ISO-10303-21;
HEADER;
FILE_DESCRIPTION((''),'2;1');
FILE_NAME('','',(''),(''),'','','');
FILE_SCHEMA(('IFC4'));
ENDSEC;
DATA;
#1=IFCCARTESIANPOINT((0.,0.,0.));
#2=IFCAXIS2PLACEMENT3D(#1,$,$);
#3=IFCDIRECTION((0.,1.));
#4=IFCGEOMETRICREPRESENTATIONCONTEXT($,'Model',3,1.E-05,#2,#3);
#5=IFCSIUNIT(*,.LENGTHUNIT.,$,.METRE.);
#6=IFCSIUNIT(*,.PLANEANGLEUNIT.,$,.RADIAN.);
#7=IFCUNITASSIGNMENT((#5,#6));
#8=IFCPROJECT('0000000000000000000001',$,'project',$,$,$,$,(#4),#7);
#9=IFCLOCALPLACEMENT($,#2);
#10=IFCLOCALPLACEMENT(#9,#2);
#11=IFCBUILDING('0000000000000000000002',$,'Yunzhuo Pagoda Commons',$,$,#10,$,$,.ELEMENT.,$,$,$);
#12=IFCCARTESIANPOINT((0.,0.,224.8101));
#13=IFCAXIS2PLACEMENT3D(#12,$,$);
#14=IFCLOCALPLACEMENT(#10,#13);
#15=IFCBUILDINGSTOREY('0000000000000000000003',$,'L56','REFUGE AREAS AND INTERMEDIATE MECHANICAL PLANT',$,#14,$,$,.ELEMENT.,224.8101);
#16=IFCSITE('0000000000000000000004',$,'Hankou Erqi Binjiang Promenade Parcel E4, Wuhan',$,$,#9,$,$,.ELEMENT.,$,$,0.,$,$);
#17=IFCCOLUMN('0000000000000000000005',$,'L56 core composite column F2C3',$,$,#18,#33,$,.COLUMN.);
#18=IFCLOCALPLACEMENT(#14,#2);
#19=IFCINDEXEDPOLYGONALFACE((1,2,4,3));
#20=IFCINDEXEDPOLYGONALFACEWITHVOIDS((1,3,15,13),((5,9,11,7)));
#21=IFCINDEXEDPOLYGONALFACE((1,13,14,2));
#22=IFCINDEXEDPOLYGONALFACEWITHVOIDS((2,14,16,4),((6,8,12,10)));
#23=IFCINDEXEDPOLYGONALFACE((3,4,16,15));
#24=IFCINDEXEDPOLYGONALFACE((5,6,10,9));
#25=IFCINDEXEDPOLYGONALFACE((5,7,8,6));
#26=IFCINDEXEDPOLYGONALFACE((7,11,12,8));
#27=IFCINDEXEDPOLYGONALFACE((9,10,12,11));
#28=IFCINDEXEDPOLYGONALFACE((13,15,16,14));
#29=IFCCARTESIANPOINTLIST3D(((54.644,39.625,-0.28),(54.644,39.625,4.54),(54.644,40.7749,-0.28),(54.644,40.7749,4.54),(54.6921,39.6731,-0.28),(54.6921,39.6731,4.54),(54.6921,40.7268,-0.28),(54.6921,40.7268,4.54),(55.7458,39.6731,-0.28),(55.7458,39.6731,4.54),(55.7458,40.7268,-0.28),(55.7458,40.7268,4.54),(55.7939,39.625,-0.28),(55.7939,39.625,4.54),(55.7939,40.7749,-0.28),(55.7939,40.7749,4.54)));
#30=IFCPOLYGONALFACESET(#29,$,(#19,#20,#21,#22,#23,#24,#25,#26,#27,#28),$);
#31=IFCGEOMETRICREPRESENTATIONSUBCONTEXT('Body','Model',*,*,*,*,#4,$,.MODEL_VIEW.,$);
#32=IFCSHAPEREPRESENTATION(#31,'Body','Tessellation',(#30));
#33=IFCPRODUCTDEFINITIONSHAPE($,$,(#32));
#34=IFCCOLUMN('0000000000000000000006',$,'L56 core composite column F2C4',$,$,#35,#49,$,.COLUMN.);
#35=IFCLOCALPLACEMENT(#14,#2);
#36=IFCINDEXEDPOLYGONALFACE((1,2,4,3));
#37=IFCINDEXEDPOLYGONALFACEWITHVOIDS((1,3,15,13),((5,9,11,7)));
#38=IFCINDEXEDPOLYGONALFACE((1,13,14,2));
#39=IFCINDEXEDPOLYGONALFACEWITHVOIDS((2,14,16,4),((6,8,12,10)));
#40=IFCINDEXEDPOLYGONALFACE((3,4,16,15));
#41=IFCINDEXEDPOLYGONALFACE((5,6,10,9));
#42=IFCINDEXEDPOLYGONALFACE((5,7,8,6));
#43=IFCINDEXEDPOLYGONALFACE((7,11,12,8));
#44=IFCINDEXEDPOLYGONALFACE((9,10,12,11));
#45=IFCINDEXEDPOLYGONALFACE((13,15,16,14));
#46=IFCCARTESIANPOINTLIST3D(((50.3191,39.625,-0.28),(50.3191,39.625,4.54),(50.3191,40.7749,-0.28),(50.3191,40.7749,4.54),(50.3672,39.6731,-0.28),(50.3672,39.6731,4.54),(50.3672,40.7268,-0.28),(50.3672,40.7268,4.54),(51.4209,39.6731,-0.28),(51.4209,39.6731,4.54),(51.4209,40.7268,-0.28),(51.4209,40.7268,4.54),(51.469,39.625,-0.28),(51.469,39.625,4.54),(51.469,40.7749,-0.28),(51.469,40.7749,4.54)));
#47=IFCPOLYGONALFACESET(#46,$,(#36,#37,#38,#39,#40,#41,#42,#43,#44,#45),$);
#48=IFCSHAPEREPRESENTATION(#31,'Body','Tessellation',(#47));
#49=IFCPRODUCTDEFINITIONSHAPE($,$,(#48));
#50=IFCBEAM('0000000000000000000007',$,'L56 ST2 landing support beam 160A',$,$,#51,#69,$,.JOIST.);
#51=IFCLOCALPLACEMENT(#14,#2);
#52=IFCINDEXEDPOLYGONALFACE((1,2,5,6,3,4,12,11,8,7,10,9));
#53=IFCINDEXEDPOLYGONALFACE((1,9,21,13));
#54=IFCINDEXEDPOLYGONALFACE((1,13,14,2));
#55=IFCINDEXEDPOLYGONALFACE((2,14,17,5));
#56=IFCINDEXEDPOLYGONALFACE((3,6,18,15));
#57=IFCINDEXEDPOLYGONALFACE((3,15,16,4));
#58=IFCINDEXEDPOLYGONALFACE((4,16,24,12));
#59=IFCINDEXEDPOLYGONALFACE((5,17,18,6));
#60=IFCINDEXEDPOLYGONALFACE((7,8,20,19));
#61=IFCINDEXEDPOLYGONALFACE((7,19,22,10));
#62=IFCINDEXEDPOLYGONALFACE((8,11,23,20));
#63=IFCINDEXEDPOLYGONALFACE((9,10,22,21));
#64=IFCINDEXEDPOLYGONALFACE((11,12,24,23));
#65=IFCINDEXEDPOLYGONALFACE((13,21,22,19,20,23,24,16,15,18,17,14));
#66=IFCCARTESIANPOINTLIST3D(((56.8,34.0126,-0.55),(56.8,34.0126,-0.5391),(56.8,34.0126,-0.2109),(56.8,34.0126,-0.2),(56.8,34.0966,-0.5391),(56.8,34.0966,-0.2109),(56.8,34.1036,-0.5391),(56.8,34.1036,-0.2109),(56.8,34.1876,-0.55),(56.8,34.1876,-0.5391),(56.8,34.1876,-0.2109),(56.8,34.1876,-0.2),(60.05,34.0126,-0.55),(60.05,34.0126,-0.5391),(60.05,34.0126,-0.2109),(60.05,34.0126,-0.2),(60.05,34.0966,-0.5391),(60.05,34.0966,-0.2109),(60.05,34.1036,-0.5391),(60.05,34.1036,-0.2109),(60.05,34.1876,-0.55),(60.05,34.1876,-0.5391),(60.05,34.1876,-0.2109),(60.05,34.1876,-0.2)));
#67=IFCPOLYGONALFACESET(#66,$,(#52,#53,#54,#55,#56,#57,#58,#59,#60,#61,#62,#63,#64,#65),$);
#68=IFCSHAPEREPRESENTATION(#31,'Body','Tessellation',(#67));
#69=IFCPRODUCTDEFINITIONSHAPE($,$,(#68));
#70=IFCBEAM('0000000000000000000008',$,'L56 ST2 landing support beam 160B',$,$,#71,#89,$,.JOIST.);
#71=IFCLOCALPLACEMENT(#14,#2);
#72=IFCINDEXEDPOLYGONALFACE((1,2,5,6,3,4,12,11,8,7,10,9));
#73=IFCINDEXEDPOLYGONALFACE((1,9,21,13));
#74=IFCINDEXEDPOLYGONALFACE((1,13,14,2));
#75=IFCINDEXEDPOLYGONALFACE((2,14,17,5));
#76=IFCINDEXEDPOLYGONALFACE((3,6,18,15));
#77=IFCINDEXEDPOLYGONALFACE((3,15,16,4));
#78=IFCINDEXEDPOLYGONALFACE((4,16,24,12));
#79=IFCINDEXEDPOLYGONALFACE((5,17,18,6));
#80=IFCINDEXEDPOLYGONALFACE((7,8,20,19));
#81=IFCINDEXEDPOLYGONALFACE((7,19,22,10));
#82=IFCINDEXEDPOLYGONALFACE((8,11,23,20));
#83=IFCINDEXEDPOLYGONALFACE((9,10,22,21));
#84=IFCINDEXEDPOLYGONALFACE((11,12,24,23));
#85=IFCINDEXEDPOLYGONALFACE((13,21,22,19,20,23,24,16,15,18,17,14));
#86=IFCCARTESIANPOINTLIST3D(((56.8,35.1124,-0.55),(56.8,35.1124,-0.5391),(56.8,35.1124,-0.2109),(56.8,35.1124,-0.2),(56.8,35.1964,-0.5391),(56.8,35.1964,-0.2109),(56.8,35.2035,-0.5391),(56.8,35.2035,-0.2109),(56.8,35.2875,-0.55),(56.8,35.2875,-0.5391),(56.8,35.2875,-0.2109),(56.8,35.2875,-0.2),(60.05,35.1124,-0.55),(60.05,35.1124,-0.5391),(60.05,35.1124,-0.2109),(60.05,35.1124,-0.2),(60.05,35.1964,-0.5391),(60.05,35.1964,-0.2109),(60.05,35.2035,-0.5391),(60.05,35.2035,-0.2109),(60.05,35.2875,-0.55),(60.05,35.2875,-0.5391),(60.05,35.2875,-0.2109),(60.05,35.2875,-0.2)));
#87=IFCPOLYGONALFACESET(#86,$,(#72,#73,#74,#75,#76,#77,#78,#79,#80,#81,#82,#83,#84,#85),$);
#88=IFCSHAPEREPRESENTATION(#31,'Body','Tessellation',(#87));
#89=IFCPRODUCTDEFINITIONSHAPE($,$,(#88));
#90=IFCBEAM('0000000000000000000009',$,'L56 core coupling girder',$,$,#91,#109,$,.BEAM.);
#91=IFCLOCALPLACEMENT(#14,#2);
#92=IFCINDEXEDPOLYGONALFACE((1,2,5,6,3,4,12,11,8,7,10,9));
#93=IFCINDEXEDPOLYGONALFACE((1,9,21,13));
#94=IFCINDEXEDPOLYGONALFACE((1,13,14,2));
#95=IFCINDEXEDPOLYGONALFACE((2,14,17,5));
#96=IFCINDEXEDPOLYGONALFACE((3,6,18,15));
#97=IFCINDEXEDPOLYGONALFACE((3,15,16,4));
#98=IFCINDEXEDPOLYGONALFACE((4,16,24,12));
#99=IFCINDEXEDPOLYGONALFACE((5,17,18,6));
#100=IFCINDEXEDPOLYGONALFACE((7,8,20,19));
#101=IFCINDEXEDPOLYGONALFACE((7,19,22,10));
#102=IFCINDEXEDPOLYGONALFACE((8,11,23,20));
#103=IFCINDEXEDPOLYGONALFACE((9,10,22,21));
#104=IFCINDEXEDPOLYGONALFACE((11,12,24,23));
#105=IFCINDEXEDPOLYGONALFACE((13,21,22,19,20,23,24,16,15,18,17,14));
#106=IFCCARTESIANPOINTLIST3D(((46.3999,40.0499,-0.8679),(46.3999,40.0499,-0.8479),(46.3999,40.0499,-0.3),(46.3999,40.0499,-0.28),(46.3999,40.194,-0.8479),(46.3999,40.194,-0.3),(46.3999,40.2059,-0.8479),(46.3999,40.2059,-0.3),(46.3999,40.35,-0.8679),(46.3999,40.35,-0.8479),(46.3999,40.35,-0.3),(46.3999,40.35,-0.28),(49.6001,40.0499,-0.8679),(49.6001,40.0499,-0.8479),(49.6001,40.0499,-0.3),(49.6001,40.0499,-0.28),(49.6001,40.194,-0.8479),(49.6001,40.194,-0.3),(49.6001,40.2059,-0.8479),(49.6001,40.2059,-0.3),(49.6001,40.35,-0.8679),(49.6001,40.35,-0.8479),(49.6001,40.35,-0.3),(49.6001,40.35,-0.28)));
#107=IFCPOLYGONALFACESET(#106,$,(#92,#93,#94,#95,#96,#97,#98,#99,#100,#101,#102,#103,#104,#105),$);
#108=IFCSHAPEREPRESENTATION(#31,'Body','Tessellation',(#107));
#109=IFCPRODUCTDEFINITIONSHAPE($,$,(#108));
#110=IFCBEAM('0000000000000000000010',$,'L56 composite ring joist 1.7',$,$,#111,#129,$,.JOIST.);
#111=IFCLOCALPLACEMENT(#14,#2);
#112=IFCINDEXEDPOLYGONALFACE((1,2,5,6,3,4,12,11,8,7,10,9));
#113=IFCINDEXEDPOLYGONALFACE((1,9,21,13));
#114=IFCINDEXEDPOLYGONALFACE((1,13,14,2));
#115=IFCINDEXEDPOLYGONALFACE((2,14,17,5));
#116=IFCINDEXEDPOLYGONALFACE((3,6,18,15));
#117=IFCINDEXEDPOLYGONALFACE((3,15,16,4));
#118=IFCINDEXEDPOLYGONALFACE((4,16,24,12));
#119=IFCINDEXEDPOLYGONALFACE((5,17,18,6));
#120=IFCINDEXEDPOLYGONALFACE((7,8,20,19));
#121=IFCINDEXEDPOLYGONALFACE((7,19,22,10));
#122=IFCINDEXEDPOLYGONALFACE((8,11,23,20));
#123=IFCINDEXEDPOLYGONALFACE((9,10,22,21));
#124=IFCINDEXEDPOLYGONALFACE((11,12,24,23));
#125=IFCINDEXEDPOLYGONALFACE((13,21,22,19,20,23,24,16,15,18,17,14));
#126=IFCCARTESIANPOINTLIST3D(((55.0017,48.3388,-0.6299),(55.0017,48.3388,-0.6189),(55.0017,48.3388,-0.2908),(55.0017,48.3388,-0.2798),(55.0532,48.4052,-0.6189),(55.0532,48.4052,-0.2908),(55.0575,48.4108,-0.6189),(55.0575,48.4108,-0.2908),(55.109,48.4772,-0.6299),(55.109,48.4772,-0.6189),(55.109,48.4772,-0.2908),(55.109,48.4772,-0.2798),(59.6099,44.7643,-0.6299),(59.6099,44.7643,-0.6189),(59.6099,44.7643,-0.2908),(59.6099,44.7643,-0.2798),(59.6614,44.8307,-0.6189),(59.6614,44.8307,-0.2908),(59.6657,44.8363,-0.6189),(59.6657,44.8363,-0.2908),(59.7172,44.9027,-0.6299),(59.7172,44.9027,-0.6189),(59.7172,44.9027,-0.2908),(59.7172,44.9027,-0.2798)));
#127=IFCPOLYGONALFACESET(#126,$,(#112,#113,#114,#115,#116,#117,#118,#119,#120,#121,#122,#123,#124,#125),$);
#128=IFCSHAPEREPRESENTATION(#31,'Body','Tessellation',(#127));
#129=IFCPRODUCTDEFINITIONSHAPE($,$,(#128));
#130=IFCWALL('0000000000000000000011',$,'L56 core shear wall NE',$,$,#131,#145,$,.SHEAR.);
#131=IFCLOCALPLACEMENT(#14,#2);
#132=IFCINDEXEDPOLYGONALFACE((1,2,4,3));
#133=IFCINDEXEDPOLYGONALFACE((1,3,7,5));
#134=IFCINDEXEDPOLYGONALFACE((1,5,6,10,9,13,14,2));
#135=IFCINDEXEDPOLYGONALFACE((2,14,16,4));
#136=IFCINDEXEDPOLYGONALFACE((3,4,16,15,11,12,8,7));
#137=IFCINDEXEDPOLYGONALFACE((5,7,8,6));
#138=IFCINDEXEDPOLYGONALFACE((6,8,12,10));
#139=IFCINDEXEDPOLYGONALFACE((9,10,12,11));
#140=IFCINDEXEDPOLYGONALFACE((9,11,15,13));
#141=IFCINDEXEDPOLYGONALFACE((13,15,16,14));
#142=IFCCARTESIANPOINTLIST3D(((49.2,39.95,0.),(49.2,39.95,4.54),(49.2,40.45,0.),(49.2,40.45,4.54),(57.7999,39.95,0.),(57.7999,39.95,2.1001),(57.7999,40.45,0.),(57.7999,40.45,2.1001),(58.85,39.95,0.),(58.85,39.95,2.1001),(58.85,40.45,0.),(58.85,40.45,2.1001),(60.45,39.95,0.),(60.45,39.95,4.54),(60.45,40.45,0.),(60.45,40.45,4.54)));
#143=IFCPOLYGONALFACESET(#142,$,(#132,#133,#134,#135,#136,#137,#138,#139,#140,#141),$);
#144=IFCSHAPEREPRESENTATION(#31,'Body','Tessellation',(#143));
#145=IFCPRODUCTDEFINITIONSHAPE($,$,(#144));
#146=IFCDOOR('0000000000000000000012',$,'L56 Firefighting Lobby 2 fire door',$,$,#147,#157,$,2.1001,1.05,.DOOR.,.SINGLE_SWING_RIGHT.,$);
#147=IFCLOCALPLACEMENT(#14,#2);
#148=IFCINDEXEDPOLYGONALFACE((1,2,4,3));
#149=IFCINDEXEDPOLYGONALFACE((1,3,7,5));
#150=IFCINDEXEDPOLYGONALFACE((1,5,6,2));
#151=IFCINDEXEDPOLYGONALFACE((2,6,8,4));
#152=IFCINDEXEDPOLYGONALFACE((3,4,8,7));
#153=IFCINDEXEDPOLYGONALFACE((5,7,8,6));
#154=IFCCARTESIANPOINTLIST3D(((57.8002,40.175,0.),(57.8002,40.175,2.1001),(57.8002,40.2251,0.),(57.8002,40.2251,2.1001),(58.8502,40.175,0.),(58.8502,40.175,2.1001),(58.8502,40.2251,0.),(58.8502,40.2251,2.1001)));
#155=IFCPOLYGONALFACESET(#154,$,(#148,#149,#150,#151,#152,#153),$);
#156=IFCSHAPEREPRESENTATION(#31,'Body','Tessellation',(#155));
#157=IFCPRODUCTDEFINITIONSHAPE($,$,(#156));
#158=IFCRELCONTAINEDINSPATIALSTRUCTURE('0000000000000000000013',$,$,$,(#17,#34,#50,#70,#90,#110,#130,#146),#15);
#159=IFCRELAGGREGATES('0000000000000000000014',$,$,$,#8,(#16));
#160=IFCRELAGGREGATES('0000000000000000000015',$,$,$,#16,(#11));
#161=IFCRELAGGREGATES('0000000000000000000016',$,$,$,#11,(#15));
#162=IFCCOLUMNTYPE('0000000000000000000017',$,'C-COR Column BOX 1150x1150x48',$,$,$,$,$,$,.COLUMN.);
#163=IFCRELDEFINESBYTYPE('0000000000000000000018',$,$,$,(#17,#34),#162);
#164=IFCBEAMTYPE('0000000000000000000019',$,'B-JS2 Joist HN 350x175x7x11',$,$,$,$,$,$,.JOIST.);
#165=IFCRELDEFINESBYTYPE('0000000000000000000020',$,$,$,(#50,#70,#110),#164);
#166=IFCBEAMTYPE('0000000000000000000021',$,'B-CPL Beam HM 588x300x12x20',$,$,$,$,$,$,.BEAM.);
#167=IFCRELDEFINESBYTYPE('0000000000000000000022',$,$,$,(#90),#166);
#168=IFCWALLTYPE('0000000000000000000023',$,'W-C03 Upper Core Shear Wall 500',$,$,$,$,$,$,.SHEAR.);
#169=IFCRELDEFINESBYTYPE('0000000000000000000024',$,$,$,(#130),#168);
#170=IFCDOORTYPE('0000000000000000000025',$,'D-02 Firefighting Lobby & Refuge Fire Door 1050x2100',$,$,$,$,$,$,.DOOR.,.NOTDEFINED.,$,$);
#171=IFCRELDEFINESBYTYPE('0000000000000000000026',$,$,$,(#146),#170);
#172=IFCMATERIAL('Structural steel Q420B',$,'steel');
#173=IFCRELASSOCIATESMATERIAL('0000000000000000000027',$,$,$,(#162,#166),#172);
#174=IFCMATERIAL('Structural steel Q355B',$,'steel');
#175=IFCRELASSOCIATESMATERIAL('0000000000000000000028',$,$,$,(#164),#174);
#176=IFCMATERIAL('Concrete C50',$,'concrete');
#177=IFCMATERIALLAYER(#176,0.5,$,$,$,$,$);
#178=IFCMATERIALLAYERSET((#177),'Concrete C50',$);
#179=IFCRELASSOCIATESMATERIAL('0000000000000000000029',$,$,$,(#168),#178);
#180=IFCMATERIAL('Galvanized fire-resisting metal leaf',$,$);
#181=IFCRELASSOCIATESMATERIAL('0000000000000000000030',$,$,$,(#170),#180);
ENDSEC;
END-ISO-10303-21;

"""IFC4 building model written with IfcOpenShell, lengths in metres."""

from ifc_helpers import new_model, si_unit, direction, frame, frame_2d, origin, origin_2d, place, context, subcontext, project, spatial, rectangle, hollow_rectangle, i_section, extrude, source, transform, mapped, material, layer, layer_set, material_profile, profile_set, type_object, element, fill, save


model = new_model("IFC4")

# Units and contexts
model_context = context("Model", 3, precision=1e-05, world=origin(), true_north=direction((0.0, 1.0)))
body_context = subcontext(model_context, "Body", "Model", "MODEL_VIEW")
ifc_project = project(units=[si_unit("LENGTHUNIT", "METRE"), si_unit("PLANEANGLEUNIT", "RADIAN")], contexts=[model_context])

# Site, building, storey
site_placement = place(None, origin())
site = spatial("IfcSite", under=ifc_project, at=site_placement, Name="Hankou Erqi Binjiang Promenade Parcel E4, Wuhan", CompositionType="ELEMENT", RefElevation=0.0)
building_placement = place(site_placement, origin())
building = spatial("IfcBuilding", under=site, at=building_placement, Name="Yunzhuo Pagoda Commons", CompositionType="ELEMENT")
storey_placement = place(building_placement, frame((0.0, 0.0, 224.8101)))
storey = spatial("IfcBuildingStorey", under=building, at=storey_placement, Name="L56", Description="REFUGE AREAS AND INTERMEDIATE MECHANICAL PLANT", CompositionType="ELEMENT", Elevation=224.8101)

# Columns
ifc_material_1 = material(Name="Structural steel Q420B", Category="steel")
ifc_material_profile_1 = material_profile(ifc_material_1, hollow_rectangle(XDim=1.1499, YDim=1.1499, WallThickness=0.0481, at=origin_2d()), Name="Structural steel Q420B")
ifc_profile_set_1 = profile_set([ifc_material_profile_1], Name="Structural steel Q420B")
column_type = type_object("IfcColumnType", Name="C-COR Column BOX 1150x1150x48", PredefinedType="COLUMN", material=ifc_profile_set_1)
shared_shape_1 = source(origin(), body_context, "Body", "SweptSolid", [
    extrude(hollow_rectangle(XDim=1.1499, YDim=1.1499, WallThickness=0.0481, at=origin_2d()), origin(), (0.0, 0.0, 1.0), 4.8201),
])
for number, where, z_axis, x_axis, name in (
    (1, (55.219, 40.2, -0.28), (0.0, 0.0, 1.0), (1.0, 0.0, 0.0), "L56 core composite column F2C3"),
    (2, (50.894, 40.2, -0.28), (0.0, 0.0, 1.0), (1.0, 0.0, 0.0), "L56 core composite column F2C4"),
):
    element("IfcColumn", number, at=place(storey_placement, frame(where, z_axis=z_axis, x_axis=x_axis)), inside=storey, type_object=column_type, Name=name, PredefinedType="COLUMN", context=body_context, shape_type="MappedRepresentation", body=[
        mapped(shared_shape_1, transform((0.0, 0.0, 0.0), scale=1.0)),
    ])

# Beams
ifc_material_2 = material(Name="Structural steel Q355B", Category="steel")
ifc_material_profile_2 = material_profile(ifc_material_2, i_section(OverallWidth=0.175, OverallDepth=0.3501, WebThickness=0.0071, FlangeThickness=0.011, at=origin_2d()), Name="Structural steel Q355B")
ifc_profile_set_2 = profile_set([ifc_material_profile_2], Name="Structural steel Q355B")
beam_type_1 = type_object("IfcBeamType", Name="B-JS2 Joist HN 350x175x7x11", PredefinedType="JOIST", material=ifc_profile_set_2)
shared_shape_2 = source(origin(), body_context, "Body", "SweptSolid", [
    extrude(i_section(OverallWidth=0.175, OverallDepth=0.3501, WebThickness=0.0071, FlangeThickness=0.011, at=origin_2d()), origin(), (0.0, 0.0, 1.0), 3.25),
])
for number, where, z_axis, x_axis, name in (
    (3, (56.8, 34.1001, -0.375), (1.0, 0.0, 0.0), (0.0, 1.0, 0.0), "L56 ST2 landing support beam 160A"),
    (4, (56.8, 35.2, -0.375), (1.0, 0.0, 0.0), (0.0, 1.0, 0.0), "L56 ST2 landing support beam 160B"),
):
    element("IfcBeam", number, at=place(storey_placement, frame(where, z_axis=z_axis, x_axis=x_axis)), inside=storey, type_object=beam_type_1, Name=name, PredefinedType="JOIST", context=body_context, shape_type="MappedRepresentation", body=[
        mapped(shared_shape_2, transform((0.0, 0.0, 0.0), scale=1.0)),
    ])
ifc_material_profile_3 = material_profile(ifc_material_1, i_section(OverallWidth=0.3, OverallDepth=0.5879, WebThickness=0.012, FlangeThickness=0.02, at=origin_2d()), Name="Structural steel Q420B")
ifc_profile_set_3 = profile_set([ifc_material_profile_3], Name="Structural steel Q420B")
beam_type_2 = type_object("IfcBeamType", Name="B-CPL Beam HM 588x300x12x20", PredefinedType="BEAM", material=ifc_profile_set_3)
shared_shape_3 = source(origin(), body_context, "Body", "SweptSolid", [
    extrude(i_section(OverallWidth=0.3, OverallDepth=0.5879, WebThickness=0.012, FlangeThickness=0.02, at=origin_2d()), origin(), (0.0, 0.0, 1.0), 3.2002),
])
beam_1_placement = place(storey_placement, frame((46.3999, 40.2, -0.574), z_axis=(1.0, 0.0, 0.0), x_axis=(0.0, 1.0, 0.0)))
element("IfcBeam", 5, at=beam_1_placement, inside=storey, type_object=beam_type_2, Name="L56 core coupling girder", PredefinedType="BEAM", context=body_context, shape_type="MappedRepresentation", body=[
    mapped(shared_shape_3, transform((0.0, 0.0, 0.0), scale=1.0)),
])
shared_shape_4 = source(origin(), body_context, "Body", "SweptSolid", [
    extrude(i_section(OverallWidth=0.175, OverallDepth=0.3501, WebThickness=0.0071, FlangeThickness=0.011, at=origin_2d()), origin(), (0.0, 0.0, 1.0), 5.832),
])
beam_2_placement = place(storey_placement, frame((59.6636, 44.8335, -0.4548), z_axis=(-0.790154, 0.612908, 0.0), x_axis=(-0.612908, -0.790154, 0.0)))
element("IfcBeam", 6, at=beam_2_placement, inside=storey, type_object=beam_type_1, Name="L56 composite ring joist 1.7", PredefinedType="JOIST", context=body_context, shape_type="MappedRepresentation", body=[
    mapped(shared_shape_4, transform((0.0, 0.0, 0.0), scale=1.0)),
])

# Wall, opening, door
ifc_material_3 = material(Name="Concrete C50", Category="concrete")
ifc_layer_1 = layer(ifc_material_3, 0.5)
ifc_layer_set_1 = layer_set([ifc_layer_1], Name="Concrete C50")
wall_type_1 = type_object("IfcWallType", Name="W-C03 Upper Core Shear Wall 500", PredefinedType="SHEAR", material=ifc_layer_set_1)
wall_1_placement = place(storey_placement, frame((49.2, 40.2, 0.0), z_axis=(0.0, 0.0, 1.0), x_axis=(1.0, 0.0, 0.0)))
wall_1 = element("IfcWall", 7, at=wall_1_placement, inside=storey, type_object=wall_type_1, Name="L56 core shear wall NE", PredefinedType="SHEAR", context=body_context, shape_type="SweptSolid", body=[
    extrude(rectangle(XDim=11.25, YDim=0.5, at=frame_2d((5.625, 0.0))), origin(), (0.0, 0.0, 1.0), 4.54),
])
opening_1_placement = place(wall_1_placement, frame((8.6001, 0.0, 0.0)))
opening_1 = element("IfcOpeningElement", 8, at=opening_1_placement, cuts=wall_1, PredefinedType="OPENING", context=body_context, shape_type="SweptSolid", body=[
    extrude(rectangle(XDim=1.05, YDim=2.1001, at=frame_2d((0.5249, 1.05))), frame((0.0, 0.26, 0.0), z_axis=(0.0, -1.0, 0.0), x_axis=(1.0, 0.0, 0.0)), (0.0, 0.0, 1.0), 0.52),
])
ifc_material_4 = material(Name="Galvanized fire-resisting metal leaf")
door_type_1 = type_object("IfcDoorType", Name="D-02 Firefighting Lobby & Refuge Fire Door 1050x2100", OperationType="NOTDEFINED", PredefinedType="DOOR", material=ifc_material_4)
shared_shape_5 = source(origin(), body_context, "Body", "SweptSolid", [
    extrude(rectangle(XDim=1.05, YDim=2.1001, at=frame_2d((0.5249, 1.05))), frame((0.0, 0.0249, 0.0), z_axis=(0.0, -1.0, 0.0), x_axis=(1.0, 0.0, 0.0)), (0.0, 0.0, 1.0), 0.05),
])
door_1_placement = place(opening_1_placement, frame((1.05, 0.0, 0.0), z_axis=(0.0, 0.0, 1.0), x_axis=(-1.0, 0.0, 0.0)))
door_1 = element("IfcDoor", 9, at=door_1_placement, inside=storey, type_object=door_type_1, Name="L56 Firefighting Lobby 2 fire door", OperationType="SINGLE_SWING_RIGHT", OverallHeight=2.1001, OverallWidth=1.05, PredefinedType="DOOR", context=body_context, shape_type="MappedRepresentation", body=[
    mapped(shared_shape_5, transform((0.0, 0.0, 0.0), scale=1.0)),
])
fill(opening_1, door_1)

save(model, "model.ifc")
